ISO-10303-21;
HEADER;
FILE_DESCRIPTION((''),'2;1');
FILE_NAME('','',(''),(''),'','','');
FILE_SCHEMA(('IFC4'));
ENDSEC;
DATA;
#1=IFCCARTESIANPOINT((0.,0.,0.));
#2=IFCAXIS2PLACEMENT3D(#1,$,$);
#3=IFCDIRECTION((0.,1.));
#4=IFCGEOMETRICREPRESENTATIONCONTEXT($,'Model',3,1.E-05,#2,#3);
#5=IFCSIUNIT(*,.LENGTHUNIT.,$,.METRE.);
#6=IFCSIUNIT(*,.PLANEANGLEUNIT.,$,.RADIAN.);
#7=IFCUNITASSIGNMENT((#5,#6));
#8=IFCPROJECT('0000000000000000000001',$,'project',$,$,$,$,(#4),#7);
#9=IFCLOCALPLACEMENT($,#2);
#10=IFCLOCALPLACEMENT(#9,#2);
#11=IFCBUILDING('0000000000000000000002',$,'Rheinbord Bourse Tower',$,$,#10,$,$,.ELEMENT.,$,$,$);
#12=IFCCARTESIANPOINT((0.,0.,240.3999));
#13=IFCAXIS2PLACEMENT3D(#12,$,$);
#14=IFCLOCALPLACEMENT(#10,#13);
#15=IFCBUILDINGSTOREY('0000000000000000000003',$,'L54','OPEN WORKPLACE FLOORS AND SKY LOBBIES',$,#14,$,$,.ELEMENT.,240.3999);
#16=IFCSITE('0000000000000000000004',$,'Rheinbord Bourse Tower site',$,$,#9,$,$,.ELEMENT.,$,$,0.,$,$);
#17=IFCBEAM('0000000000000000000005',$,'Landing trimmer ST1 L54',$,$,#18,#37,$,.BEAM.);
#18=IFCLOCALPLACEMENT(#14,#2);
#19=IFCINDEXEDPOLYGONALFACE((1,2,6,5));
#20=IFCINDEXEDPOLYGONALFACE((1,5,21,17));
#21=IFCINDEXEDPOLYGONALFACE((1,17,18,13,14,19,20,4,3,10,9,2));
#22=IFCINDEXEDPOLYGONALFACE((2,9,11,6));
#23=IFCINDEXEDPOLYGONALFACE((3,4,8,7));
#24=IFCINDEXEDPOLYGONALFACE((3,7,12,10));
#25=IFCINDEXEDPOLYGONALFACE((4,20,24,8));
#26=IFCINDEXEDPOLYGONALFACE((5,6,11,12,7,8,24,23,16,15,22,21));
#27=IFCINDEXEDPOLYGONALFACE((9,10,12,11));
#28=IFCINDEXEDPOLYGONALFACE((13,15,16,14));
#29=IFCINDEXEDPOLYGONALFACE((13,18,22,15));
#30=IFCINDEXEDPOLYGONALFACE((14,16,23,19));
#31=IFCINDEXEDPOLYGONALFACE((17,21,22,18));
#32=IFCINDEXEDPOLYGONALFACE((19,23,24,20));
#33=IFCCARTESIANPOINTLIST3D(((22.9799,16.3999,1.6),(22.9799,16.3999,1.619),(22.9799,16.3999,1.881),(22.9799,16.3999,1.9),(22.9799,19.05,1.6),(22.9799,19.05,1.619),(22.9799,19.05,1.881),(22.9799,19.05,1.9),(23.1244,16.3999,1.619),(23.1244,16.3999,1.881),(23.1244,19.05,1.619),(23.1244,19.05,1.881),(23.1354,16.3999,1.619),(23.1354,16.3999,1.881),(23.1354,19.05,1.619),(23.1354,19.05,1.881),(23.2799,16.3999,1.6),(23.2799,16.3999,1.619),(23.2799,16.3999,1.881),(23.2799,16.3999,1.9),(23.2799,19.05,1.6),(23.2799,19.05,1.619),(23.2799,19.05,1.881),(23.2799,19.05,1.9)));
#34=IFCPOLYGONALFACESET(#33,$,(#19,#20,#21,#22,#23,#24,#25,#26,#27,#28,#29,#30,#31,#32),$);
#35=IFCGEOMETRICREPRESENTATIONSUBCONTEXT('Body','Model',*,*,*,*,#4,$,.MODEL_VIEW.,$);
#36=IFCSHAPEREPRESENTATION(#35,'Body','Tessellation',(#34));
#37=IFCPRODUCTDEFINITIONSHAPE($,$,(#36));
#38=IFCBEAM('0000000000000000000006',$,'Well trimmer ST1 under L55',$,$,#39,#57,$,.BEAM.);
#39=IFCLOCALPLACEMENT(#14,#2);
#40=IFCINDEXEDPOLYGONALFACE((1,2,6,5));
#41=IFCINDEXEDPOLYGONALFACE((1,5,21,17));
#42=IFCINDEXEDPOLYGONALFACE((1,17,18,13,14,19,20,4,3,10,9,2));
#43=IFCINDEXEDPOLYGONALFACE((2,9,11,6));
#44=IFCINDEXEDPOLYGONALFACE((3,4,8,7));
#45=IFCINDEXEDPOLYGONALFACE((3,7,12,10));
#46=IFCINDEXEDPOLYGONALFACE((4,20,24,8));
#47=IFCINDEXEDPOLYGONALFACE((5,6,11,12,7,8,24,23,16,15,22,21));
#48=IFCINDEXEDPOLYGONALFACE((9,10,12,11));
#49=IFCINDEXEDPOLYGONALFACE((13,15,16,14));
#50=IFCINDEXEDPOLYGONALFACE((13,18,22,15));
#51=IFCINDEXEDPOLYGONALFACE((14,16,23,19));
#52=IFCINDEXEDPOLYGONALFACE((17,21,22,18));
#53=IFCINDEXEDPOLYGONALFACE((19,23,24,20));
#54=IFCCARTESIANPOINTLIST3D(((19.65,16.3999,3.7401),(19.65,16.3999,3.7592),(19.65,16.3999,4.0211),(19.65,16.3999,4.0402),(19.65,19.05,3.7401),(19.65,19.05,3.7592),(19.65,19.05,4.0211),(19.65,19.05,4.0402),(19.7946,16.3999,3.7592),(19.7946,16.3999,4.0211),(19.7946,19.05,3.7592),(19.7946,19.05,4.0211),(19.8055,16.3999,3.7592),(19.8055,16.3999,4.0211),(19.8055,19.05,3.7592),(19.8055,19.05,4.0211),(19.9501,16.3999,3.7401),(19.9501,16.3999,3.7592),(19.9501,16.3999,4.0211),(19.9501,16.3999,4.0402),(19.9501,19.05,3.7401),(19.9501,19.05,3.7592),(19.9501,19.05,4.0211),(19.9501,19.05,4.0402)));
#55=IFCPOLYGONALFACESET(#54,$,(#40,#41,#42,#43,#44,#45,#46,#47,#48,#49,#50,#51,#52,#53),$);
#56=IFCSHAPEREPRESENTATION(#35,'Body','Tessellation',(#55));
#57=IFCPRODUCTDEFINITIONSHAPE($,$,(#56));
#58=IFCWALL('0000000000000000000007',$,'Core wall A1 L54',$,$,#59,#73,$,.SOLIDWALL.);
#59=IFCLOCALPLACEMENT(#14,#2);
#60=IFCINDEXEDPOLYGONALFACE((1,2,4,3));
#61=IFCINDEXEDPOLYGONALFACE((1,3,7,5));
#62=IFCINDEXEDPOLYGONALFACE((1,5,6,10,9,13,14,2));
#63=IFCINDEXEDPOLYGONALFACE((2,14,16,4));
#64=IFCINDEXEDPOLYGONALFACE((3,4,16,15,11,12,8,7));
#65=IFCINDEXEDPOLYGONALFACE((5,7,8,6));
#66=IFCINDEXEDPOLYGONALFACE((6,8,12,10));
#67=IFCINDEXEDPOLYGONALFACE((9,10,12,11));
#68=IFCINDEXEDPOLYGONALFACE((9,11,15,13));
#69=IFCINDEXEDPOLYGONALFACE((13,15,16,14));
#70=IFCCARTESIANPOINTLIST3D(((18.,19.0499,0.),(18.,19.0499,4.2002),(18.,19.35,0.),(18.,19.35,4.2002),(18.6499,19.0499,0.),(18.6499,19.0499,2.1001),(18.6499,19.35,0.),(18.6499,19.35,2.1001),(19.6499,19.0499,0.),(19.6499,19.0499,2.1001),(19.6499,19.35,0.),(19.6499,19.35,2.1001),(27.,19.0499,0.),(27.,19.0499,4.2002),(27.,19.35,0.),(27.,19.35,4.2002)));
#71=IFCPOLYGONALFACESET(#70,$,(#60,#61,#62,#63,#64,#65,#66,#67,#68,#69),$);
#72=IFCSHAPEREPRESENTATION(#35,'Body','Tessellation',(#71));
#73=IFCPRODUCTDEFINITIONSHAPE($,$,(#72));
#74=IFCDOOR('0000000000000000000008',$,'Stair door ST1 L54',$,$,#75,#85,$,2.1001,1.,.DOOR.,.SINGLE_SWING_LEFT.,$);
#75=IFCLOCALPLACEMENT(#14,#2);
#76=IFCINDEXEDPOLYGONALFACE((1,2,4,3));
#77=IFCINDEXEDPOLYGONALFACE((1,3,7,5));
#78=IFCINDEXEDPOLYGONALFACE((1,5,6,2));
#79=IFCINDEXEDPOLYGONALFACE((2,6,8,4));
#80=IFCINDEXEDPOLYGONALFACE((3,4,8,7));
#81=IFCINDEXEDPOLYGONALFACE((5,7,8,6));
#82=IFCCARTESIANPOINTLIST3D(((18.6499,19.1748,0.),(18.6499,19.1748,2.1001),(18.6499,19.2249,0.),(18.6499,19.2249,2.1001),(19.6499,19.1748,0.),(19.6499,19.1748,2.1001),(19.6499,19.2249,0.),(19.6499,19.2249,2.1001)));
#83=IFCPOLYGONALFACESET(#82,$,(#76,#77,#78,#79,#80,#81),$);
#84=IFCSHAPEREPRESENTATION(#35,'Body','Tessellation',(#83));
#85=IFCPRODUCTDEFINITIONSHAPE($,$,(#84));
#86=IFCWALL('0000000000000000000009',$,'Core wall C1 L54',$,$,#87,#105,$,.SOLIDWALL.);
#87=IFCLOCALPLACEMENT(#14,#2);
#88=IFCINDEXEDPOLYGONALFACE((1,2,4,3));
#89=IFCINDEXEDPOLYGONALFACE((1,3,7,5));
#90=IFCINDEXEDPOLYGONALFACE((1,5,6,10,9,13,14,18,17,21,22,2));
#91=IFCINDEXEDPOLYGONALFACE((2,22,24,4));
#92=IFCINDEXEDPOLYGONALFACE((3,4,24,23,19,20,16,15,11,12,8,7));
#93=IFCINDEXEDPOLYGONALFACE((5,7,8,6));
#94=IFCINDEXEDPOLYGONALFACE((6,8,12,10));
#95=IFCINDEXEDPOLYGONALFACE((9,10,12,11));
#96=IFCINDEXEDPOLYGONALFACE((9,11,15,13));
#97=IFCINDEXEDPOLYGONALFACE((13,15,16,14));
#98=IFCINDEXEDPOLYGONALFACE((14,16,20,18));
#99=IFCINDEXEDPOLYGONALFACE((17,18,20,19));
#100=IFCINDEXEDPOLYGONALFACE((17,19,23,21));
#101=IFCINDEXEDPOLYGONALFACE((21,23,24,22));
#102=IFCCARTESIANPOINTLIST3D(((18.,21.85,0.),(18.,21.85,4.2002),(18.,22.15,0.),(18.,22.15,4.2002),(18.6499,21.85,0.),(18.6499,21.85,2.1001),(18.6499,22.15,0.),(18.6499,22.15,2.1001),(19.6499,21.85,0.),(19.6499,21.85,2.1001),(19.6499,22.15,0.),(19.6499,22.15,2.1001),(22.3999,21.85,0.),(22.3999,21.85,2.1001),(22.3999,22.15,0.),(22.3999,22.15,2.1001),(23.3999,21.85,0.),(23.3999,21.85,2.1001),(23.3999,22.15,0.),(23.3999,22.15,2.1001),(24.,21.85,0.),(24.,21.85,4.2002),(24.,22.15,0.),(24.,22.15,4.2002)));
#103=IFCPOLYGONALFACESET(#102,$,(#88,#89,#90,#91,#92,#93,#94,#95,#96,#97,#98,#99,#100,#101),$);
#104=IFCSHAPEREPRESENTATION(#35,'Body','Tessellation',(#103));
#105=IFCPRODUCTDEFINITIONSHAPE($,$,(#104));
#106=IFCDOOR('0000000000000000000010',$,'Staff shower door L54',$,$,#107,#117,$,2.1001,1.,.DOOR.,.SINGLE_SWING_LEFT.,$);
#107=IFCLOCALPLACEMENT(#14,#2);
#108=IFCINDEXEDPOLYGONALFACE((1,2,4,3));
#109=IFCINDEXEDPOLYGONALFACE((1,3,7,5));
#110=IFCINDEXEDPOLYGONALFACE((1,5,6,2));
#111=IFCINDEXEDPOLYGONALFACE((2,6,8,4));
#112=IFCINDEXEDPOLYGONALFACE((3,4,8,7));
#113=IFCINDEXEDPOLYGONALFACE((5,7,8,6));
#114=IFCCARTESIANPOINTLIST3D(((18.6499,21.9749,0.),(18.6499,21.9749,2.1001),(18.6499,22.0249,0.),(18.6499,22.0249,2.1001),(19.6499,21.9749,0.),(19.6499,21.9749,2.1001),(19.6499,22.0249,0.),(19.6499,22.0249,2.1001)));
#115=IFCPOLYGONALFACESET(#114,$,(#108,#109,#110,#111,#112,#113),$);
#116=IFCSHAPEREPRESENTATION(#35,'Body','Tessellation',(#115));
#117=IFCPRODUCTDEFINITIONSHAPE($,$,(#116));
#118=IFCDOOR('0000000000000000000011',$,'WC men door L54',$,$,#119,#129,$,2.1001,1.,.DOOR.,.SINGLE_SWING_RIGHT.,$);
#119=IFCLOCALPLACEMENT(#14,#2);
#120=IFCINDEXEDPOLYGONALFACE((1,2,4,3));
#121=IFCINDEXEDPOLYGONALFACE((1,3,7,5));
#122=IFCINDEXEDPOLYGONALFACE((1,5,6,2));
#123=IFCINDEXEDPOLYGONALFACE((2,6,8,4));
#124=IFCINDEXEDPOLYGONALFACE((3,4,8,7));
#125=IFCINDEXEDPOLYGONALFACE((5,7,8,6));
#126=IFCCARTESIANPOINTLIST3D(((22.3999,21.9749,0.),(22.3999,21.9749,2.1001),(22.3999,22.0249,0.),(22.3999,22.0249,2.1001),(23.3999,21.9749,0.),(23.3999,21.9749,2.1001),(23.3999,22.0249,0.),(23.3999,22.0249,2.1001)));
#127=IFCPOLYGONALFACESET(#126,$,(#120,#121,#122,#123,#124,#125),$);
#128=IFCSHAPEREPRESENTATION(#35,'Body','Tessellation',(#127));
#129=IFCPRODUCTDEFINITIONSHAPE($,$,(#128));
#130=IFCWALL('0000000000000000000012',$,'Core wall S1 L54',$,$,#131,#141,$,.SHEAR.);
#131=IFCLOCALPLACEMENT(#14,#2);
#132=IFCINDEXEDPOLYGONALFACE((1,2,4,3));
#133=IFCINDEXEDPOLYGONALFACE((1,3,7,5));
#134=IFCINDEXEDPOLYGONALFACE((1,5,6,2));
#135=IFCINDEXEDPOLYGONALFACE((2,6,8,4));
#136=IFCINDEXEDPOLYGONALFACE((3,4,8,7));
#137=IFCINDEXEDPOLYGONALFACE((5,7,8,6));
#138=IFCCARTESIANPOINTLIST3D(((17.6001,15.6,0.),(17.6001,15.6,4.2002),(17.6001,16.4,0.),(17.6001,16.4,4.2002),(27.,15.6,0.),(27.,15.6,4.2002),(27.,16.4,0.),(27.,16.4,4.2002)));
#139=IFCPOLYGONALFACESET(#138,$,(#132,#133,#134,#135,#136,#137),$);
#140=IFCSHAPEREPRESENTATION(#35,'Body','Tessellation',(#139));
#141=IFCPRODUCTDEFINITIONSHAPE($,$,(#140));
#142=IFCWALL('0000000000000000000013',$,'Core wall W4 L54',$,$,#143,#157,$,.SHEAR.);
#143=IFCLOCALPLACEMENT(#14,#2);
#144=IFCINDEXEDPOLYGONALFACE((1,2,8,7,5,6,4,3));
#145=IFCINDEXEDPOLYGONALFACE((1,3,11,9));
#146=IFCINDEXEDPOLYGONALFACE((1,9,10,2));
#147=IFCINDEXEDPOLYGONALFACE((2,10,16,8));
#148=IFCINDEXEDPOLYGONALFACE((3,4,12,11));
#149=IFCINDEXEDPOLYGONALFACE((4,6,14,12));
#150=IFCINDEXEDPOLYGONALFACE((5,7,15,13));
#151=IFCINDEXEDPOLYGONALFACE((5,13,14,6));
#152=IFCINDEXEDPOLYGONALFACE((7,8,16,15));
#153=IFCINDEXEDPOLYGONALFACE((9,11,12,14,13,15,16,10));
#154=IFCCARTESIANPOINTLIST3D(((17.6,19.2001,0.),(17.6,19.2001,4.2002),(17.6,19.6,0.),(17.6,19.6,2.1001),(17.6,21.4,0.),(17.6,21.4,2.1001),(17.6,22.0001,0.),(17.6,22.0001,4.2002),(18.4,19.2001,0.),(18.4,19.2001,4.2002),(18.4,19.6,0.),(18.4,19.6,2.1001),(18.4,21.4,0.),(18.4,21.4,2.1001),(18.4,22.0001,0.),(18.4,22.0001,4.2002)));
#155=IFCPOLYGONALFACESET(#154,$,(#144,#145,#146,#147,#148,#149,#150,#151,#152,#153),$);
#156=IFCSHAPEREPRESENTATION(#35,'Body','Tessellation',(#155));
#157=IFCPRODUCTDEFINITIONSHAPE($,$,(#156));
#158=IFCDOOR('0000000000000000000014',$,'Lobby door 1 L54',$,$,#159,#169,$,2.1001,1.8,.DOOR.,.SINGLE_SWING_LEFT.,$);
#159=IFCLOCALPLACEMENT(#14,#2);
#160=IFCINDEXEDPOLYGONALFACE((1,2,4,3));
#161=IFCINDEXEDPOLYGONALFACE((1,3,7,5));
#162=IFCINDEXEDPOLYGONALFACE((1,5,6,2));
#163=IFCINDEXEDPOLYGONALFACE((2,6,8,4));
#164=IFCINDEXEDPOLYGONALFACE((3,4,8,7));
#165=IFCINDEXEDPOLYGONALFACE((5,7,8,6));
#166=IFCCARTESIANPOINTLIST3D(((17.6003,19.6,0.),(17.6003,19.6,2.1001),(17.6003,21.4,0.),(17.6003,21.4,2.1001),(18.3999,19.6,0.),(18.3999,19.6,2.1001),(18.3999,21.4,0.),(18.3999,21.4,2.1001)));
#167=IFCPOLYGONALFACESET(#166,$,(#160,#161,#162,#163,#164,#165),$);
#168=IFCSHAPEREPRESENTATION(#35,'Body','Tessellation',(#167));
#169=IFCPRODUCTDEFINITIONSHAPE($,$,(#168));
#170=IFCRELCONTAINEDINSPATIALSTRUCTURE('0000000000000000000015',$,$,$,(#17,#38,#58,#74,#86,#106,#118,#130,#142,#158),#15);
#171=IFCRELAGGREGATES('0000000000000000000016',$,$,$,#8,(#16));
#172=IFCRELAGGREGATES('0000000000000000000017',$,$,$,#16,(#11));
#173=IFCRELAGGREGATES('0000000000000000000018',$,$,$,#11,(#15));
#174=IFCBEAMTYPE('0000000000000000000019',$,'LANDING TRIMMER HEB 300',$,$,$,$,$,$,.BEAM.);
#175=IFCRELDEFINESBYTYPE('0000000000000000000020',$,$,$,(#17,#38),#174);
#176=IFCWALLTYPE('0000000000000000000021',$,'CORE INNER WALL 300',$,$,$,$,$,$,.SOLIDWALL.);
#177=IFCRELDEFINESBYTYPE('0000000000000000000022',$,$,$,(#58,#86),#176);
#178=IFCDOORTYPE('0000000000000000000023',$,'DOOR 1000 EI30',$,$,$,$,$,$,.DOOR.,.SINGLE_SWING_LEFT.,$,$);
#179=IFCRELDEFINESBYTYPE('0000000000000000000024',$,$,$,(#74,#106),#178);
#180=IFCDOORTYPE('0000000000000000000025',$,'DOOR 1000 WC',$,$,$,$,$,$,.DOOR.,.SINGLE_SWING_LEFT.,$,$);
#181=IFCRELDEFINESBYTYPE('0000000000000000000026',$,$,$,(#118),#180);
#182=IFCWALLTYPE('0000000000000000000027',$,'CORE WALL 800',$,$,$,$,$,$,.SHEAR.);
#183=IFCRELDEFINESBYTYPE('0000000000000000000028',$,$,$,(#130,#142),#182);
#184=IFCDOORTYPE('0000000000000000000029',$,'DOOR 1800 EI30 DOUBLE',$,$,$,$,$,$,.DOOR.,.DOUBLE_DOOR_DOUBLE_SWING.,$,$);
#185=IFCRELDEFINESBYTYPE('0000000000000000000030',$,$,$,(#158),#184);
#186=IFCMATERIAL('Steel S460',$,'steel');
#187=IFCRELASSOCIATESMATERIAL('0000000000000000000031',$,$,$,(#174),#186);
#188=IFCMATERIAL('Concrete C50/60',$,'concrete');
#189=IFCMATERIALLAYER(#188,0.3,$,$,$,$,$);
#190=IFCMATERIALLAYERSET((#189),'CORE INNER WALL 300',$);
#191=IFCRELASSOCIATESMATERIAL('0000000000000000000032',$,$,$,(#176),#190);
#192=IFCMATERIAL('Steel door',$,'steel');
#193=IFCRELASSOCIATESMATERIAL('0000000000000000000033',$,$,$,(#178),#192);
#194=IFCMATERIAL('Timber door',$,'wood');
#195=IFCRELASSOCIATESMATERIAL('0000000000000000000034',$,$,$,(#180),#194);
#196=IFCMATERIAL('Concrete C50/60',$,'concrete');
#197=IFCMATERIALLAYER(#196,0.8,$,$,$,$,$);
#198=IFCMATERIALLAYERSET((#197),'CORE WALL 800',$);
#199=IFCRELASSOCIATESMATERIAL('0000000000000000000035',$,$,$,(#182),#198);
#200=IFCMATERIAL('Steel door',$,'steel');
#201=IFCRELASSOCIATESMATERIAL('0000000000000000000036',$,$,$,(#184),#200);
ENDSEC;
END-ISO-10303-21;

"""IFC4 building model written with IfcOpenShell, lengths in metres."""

from ifc_helpers import new_model, si_unit, direction, frame, frame_2d, origin, origin_2d, place, context, subcontext, project, spatial, rectangle, i_section, extrude, material, layer, layer_set, material_profile, profile_set, type_object, element, fill, save


model = new_model("IFC4")

# Units and contexts
model_context = context("Model", 3, precision=1e-05, world=origin(), true_north=direction((0.0, 1.0)))
body_context = subcontext(model_context, "Body", "Model", "MODEL_VIEW")
ifc_project = project(units=[si_unit("LENGTHUNIT", "METRE"), si_unit("PLANEANGLEUNIT", "RADIAN")], contexts=[model_context])

# Site, building, storey
site_placement = place(None, origin())
site = spatial("IfcSite", under=ifc_project, at=site_placement, Name="Rheinbord Bourse Tower site", CompositionType="ELEMENT", RefElevation=0.0)
building_placement = place(site_placement, origin())
building = spatial("IfcBuilding", under=site, at=building_placement, Name="Rheinbord Bourse Tower", CompositionType="ELEMENT")
storey_placement = place(building_placement, frame((0.0, 0.0, 240.3999)))
storey = spatial("IfcBuildingStorey", under=building, at=storey_placement, Name="L54", Description="OPEN WORKPLACE FLOORS AND SKY LOBBIES", CompositionType="ELEMENT", Elevation=240.3999)

# Beams
ifc_material_1 = material(Name="Steel S460", Category="steel")
ifc_material_profile = material_profile(ifc_material_1, i_section(OverallWidth=0.3, OverallDepth=0.3, WebThickness=0.011, FlangeThickness=0.019, at=origin_2d()), Name="HEB 300")
ifc_profile_set = profile_set([ifc_material_profile], Name="Steel S460")
beam_type = type_object("IfcBeamType", Name="LANDING TRIMMER HEB 300", PredefinedType="BEAM", material=ifc_profile_set)
for number, where, z_axis, x_axis, name in (
    (1, (23.1299, 16.3999, 1.75), (0.0, 1.0, 0.0), (-1.0, 0.0, 0.0), "Landing trimmer ST1 L54"),
    (2, (19.8, 16.3999, 3.8901), (0.0, 1.0, 0.0), (-1.0, 0.0, 0.0), "Well trimmer ST1 under L55"),
):
    element("IfcBeam", number, at=place(storey_placement, frame(where, z_axis=z_axis, x_axis=x_axis)), inside=storey, type_object=beam_type, Name=name, PredefinedType="BEAM", context=body_context, shape_type="SweptSolid", body=[
        extrude(i_section(OverallWidth=0.3, OverallDepth=0.3, WebThickness=0.011, FlangeThickness=0.019, at=origin_2d()), origin(), (0.0, 0.0, 1.0), 2.6501),
    ])

# Wall, opening, door
ifc_material_2 = material(Name="Concrete C50/60", Category="concrete")
ifc_layer_1 = layer(ifc_material_2, 0.3)
ifc_layer_set_1 = layer_set([ifc_layer_1], Name="CORE INNER WALL 300")
wall_type_1 = type_object("IfcWallType", Name="CORE INNER WALL 300", PredefinedType="SOLIDWALL", material=ifc_layer_set_1)
wall_1_placement = place(storey_placement, frame((18.0, 19.2, 0.0), z_axis=(0.0, 0.0, 1.0), x_axis=(1.0, 0.0, 0.0)))
wall_1 = element("IfcWall", 3, at=wall_1_placement, inside=storey, type_object=wall_type_1, Name="Core wall A1 L54", PredefinedType="SOLIDWALL", context=body_context, shape_type="SweptSolid", body=[
    extrude(rectangle(XDim=9.0, YDim=0.3, at=frame_2d((4.5, 0.0))), origin(), (0.0, 0.0, 1.0), 4.2002),
])
opening_1_placement = place(wall_1_placement, frame((0.6499, 0.0, 0.0)))
opening_1 = element("IfcOpeningElement", 4, at=opening_1_placement, cuts=wall_1, PredefinedType="OPENING", context=body_context, shape_type="SweptSolid", body=[
    extrude(rectangle(XDim=1.0, YDim=2.1001, at=frame_2d((0.5, 1.05))), frame((0.0, 0.1599, 0.0), z_axis=(0.0, -1.0, 0.0), x_axis=(1.0, 0.0, 0.0)), (0.0, 0.0, 1.0), 0.3201),
])
ifc_material_3 = material(Name="Steel door", Category="steel")
door_type_1 = type_object("IfcDoorType", Name="DOOR 1000 EI30", OperationType="SINGLE_SWING_LEFT", PredefinedType="DOOR", material=ifc_material_3)
door_1_placement = place(opening_1_placement, origin())
door_1 = element("IfcDoor", 5, at=door_1_placement, inside=storey, type_object=door_type_1, Name="Stair door ST1 L54", OperationType="SINGLE_SWING_LEFT", OverallHeight=2.1001, OverallWidth=1.0, PredefinedType="DOOR", context=body_context, shape_type="SweptSolid", body=[
    extrude(rectangle(XDim=1.0, YDim=2.1001, at=frame_2d((0.5, 1.05))), frame((0.0, 0.0249, 0.0), z_axis=(0.0, -1.0, 0.0), x_axis=(1.0, 0.0, 0.0)), (0.0, 0.0, 1.0), 0.05),
])
fill(opening_1, door_1)

# Wall, openings, doors
wall_2_placement = place(storey_placement, frame((18.0, 22.0, 0.0), z_axis=(0.0, 0.0, 1.0), x_axis=(1.0, 0.0, 0.0)))
wall_2 = element("IfcWall", 6, at=wall_2_placement, inside=storey, type_object=wall_type_1, Name="Core wall C1 L54", PredefinedType="SOLIDWALL", context=body_context, shape_type="SweptSolid", body=[
    extrude(rectangle(XDim=6.0, YDim=0.3, at=frame_2d((3.0, 0.0))), origin(), (0.0, 0.0, 1.0), 4.2002),
])
opening_2_placement = place(wall_2_placement, frame((4.3999, 0.0, 0.0)))
opening_2 = element("IfcOpeningElement", 7, at=opening_2_placement, cuts=wall_2, PredefinedType="OPENING", context=body_context, shape_type="SweptSolid", body=[
    extrude(rectangle(XDim=1.0, YDim=2.1001, at=frame_2d((0.5, 1.05))), frame((0.0, 0.1599, 0.0), z_axis=(0.0, -1.0, 0.0), x_axis=(1.0, 0.0, 0.0)), (0.0, 0.0, 1.0), 0.3201),
])
opening_3_placement = place(wall_2_placement, frame((0.6499, 0.0, 0.0)))
opening_3 = element("IfcOpeningElement", 8, at=opening_3_placement, cuts=wall_2, PredefinedType="OPENING", context=body_context, shape_type="SweptSolid", body=[
    extrude(rectangle(XDim=1.0, YDim=2.1001, at=frame_2d((0.5, 1.05))), frame((0.0, 0.1599, 0.0), z_axis=(0.0, -1.0, 0.0), x_axis=(1.0, 0.0, 0.0)), (0.0, 0.0, 1.0), 0.3201),
])
door_2_placement = place(opening_3_placement, origin())
door_2 = element("IfcDoor", 9, at=door_2_placement, inside=storey, type_object=door_type_1, Name="Staff shower door L54", OperationType="SINGLE_SWING_LEFT", OverallHeight=2.1001, OverallWidth=1.0, PredefinedType="DOOR", context=body_context, shape_type="SweptSolid", body=[
    extrude(rectangle(XDim=1.0, YDim=2.1001, at=frame_2d((0.5, 1.05))), frame((0.0, 0.0249, 0.0), z_axis=(0.0, -1.0, 0.0), x_axis=(1.0, 0.0, 0.0)), (0.0, 0.0, 1.0), 0.05),
])
fill(opening_3, door_2)
ifc_material_4 = material(Name="Timber door", Category="wood")
door_type_2 = type_object("IfcDoorType", Name="DOOR 1000 WC", OperationType="SINGLE_SWING_LEFT", PredefinedType="DOOR", material=ifc_material_4)
door_3_placement = place(opening_2_placement, origin())
door_3 = element("IfcDoor", 10, at=door_3_placement, inside=storey, type_object=door_type_2, Name="WC men door L54", OperationType="SINGLE_SWING_RIGHT", OverallHeight=2.1001, OverallWidth=1.0, PredefinedType="DOOR", context=body_context, shape_type="SweptSolid", body=[
    extrude(rectangle(XDim=1.0, YDim=2.1001, at=frame_2d((0.5, 1.05))), frame((0.0, 0.0249, 0.0), z_axis=(0.0, -1.0, 0.0), x_axis=(1.0, 0.0, 0.0)), (0.0, 0.0, 1.0), 0.05),
])
fill(opening_2, door_3)

# Wall
ifc_material_5 = material(Name="Concrete C50/60", Category="concrete")
ifc_layer_2 = layer(ifc_material_5, 0.8)
ifc_layer_set_2 = layer_set([ifc_layer_2], Name="CORE WALL 800")
wall_type_2 = type_object("IfcWallType", Name="CORE WALL 800", PredefinedType="SHEAR", material=ifc_layer_set_2)
wall_3_placement = place(storey_placement, frame((17.6001, 16.0, 0.0), z_axis=(0.0, 0.0, 1.0), x_axis=(1.0, 0.0, 0.0)))
element("IfcWall", 11, at=wall_3_placement, inside=storey, type_object=wall_type_2, Name="Core wall S1 L54", PredefinedType="SHEAR", context=body_context, shape_type="SweptSolid", body=[
    extrude(rectangle(XDim=9.3999, YDim=0.8, at=frame_2d((4.7, 0.0))), origin(), (0.0, 0.0, 1.0), 4.2002),
])

# Wall, opening, door
wall_4_placement = place(storey_placement, frame((18.0, 22.0, 0.0), z_axis=(0.0, 0.0, 1.0), x_axis=(0.0, -1.0, 0.0)))
wall_4 = element("IfcWall", 12, at=wall_4_placement, inside=storey, type_object=wall_type_2, Name="Core wall W4 L54", PredefinedType="SHEAR", context=body_context, shape_type="SweptSolid", body=[
    extrude(rectangle(XDim=2.8, YDim=0.8, at=frame_2d((1.3999, 0.0))), origin(), (0.0, 0.0, 1.0), 4.2002),
])
opening_4_placement = place(wall_4_placement, frame((0.6001, 0.0, 0.0)))
opening_4 = element("IfcOpeningElement", 13, at=opening_4_placement, cuts=wall_4, PredefinedType="OPENING", context=body_context, shape_type="SweptSolid", body=[
    extrude(rectangle(XDim=1.8, YDim=2.1001, at=frame_2d((0.8999, 1.05))), frame((0.0, 0.4099, 0.0), z_axis=(0.0, -1.0, 0.0), x_axis=(1.0, 0.0, 0.0)), (0.0, 0.0, 1.0), 0.8201),
])
ifc_material_6 = material(Name="Steel door", Category="steel")
door_type_3 = type_object("IfcDoorType", Name="DOOR 1800 EI30 DOUBLE", OperationType="DOUBLE_DOOR_DOUBLE_SWING", PredefinedType="DOOR", material=ifc_material_6)
door_4_placement = place(opening_4_placement, origin())
door_4 = element("IfcDoor", 14, at=door_4_placement, inside=storey, type_object=door_type_3, Name="Lobby door 1 L54", OperationType="SINGLE_SWING_LEFT", OverallHeight=2.1001, OverallWidth=1.8, PredefinedType="DOOR", context=body_context, shape_type="SweptSolid", body=[
    extrude(rectangle(XDim=1.8, YDim=2.1001, at=frame_2d((0.8999, 1.05))), frame((0.0, 0.3999, 0.0), z_axis=(0.0, -1.0, 0.0), x_axis=(1.0, 0.0, 0.0)), (0.0, 0.0, 1.0), 0.7996),
])
fill(opening_4, door_4)

save(model, "model.ifc")
